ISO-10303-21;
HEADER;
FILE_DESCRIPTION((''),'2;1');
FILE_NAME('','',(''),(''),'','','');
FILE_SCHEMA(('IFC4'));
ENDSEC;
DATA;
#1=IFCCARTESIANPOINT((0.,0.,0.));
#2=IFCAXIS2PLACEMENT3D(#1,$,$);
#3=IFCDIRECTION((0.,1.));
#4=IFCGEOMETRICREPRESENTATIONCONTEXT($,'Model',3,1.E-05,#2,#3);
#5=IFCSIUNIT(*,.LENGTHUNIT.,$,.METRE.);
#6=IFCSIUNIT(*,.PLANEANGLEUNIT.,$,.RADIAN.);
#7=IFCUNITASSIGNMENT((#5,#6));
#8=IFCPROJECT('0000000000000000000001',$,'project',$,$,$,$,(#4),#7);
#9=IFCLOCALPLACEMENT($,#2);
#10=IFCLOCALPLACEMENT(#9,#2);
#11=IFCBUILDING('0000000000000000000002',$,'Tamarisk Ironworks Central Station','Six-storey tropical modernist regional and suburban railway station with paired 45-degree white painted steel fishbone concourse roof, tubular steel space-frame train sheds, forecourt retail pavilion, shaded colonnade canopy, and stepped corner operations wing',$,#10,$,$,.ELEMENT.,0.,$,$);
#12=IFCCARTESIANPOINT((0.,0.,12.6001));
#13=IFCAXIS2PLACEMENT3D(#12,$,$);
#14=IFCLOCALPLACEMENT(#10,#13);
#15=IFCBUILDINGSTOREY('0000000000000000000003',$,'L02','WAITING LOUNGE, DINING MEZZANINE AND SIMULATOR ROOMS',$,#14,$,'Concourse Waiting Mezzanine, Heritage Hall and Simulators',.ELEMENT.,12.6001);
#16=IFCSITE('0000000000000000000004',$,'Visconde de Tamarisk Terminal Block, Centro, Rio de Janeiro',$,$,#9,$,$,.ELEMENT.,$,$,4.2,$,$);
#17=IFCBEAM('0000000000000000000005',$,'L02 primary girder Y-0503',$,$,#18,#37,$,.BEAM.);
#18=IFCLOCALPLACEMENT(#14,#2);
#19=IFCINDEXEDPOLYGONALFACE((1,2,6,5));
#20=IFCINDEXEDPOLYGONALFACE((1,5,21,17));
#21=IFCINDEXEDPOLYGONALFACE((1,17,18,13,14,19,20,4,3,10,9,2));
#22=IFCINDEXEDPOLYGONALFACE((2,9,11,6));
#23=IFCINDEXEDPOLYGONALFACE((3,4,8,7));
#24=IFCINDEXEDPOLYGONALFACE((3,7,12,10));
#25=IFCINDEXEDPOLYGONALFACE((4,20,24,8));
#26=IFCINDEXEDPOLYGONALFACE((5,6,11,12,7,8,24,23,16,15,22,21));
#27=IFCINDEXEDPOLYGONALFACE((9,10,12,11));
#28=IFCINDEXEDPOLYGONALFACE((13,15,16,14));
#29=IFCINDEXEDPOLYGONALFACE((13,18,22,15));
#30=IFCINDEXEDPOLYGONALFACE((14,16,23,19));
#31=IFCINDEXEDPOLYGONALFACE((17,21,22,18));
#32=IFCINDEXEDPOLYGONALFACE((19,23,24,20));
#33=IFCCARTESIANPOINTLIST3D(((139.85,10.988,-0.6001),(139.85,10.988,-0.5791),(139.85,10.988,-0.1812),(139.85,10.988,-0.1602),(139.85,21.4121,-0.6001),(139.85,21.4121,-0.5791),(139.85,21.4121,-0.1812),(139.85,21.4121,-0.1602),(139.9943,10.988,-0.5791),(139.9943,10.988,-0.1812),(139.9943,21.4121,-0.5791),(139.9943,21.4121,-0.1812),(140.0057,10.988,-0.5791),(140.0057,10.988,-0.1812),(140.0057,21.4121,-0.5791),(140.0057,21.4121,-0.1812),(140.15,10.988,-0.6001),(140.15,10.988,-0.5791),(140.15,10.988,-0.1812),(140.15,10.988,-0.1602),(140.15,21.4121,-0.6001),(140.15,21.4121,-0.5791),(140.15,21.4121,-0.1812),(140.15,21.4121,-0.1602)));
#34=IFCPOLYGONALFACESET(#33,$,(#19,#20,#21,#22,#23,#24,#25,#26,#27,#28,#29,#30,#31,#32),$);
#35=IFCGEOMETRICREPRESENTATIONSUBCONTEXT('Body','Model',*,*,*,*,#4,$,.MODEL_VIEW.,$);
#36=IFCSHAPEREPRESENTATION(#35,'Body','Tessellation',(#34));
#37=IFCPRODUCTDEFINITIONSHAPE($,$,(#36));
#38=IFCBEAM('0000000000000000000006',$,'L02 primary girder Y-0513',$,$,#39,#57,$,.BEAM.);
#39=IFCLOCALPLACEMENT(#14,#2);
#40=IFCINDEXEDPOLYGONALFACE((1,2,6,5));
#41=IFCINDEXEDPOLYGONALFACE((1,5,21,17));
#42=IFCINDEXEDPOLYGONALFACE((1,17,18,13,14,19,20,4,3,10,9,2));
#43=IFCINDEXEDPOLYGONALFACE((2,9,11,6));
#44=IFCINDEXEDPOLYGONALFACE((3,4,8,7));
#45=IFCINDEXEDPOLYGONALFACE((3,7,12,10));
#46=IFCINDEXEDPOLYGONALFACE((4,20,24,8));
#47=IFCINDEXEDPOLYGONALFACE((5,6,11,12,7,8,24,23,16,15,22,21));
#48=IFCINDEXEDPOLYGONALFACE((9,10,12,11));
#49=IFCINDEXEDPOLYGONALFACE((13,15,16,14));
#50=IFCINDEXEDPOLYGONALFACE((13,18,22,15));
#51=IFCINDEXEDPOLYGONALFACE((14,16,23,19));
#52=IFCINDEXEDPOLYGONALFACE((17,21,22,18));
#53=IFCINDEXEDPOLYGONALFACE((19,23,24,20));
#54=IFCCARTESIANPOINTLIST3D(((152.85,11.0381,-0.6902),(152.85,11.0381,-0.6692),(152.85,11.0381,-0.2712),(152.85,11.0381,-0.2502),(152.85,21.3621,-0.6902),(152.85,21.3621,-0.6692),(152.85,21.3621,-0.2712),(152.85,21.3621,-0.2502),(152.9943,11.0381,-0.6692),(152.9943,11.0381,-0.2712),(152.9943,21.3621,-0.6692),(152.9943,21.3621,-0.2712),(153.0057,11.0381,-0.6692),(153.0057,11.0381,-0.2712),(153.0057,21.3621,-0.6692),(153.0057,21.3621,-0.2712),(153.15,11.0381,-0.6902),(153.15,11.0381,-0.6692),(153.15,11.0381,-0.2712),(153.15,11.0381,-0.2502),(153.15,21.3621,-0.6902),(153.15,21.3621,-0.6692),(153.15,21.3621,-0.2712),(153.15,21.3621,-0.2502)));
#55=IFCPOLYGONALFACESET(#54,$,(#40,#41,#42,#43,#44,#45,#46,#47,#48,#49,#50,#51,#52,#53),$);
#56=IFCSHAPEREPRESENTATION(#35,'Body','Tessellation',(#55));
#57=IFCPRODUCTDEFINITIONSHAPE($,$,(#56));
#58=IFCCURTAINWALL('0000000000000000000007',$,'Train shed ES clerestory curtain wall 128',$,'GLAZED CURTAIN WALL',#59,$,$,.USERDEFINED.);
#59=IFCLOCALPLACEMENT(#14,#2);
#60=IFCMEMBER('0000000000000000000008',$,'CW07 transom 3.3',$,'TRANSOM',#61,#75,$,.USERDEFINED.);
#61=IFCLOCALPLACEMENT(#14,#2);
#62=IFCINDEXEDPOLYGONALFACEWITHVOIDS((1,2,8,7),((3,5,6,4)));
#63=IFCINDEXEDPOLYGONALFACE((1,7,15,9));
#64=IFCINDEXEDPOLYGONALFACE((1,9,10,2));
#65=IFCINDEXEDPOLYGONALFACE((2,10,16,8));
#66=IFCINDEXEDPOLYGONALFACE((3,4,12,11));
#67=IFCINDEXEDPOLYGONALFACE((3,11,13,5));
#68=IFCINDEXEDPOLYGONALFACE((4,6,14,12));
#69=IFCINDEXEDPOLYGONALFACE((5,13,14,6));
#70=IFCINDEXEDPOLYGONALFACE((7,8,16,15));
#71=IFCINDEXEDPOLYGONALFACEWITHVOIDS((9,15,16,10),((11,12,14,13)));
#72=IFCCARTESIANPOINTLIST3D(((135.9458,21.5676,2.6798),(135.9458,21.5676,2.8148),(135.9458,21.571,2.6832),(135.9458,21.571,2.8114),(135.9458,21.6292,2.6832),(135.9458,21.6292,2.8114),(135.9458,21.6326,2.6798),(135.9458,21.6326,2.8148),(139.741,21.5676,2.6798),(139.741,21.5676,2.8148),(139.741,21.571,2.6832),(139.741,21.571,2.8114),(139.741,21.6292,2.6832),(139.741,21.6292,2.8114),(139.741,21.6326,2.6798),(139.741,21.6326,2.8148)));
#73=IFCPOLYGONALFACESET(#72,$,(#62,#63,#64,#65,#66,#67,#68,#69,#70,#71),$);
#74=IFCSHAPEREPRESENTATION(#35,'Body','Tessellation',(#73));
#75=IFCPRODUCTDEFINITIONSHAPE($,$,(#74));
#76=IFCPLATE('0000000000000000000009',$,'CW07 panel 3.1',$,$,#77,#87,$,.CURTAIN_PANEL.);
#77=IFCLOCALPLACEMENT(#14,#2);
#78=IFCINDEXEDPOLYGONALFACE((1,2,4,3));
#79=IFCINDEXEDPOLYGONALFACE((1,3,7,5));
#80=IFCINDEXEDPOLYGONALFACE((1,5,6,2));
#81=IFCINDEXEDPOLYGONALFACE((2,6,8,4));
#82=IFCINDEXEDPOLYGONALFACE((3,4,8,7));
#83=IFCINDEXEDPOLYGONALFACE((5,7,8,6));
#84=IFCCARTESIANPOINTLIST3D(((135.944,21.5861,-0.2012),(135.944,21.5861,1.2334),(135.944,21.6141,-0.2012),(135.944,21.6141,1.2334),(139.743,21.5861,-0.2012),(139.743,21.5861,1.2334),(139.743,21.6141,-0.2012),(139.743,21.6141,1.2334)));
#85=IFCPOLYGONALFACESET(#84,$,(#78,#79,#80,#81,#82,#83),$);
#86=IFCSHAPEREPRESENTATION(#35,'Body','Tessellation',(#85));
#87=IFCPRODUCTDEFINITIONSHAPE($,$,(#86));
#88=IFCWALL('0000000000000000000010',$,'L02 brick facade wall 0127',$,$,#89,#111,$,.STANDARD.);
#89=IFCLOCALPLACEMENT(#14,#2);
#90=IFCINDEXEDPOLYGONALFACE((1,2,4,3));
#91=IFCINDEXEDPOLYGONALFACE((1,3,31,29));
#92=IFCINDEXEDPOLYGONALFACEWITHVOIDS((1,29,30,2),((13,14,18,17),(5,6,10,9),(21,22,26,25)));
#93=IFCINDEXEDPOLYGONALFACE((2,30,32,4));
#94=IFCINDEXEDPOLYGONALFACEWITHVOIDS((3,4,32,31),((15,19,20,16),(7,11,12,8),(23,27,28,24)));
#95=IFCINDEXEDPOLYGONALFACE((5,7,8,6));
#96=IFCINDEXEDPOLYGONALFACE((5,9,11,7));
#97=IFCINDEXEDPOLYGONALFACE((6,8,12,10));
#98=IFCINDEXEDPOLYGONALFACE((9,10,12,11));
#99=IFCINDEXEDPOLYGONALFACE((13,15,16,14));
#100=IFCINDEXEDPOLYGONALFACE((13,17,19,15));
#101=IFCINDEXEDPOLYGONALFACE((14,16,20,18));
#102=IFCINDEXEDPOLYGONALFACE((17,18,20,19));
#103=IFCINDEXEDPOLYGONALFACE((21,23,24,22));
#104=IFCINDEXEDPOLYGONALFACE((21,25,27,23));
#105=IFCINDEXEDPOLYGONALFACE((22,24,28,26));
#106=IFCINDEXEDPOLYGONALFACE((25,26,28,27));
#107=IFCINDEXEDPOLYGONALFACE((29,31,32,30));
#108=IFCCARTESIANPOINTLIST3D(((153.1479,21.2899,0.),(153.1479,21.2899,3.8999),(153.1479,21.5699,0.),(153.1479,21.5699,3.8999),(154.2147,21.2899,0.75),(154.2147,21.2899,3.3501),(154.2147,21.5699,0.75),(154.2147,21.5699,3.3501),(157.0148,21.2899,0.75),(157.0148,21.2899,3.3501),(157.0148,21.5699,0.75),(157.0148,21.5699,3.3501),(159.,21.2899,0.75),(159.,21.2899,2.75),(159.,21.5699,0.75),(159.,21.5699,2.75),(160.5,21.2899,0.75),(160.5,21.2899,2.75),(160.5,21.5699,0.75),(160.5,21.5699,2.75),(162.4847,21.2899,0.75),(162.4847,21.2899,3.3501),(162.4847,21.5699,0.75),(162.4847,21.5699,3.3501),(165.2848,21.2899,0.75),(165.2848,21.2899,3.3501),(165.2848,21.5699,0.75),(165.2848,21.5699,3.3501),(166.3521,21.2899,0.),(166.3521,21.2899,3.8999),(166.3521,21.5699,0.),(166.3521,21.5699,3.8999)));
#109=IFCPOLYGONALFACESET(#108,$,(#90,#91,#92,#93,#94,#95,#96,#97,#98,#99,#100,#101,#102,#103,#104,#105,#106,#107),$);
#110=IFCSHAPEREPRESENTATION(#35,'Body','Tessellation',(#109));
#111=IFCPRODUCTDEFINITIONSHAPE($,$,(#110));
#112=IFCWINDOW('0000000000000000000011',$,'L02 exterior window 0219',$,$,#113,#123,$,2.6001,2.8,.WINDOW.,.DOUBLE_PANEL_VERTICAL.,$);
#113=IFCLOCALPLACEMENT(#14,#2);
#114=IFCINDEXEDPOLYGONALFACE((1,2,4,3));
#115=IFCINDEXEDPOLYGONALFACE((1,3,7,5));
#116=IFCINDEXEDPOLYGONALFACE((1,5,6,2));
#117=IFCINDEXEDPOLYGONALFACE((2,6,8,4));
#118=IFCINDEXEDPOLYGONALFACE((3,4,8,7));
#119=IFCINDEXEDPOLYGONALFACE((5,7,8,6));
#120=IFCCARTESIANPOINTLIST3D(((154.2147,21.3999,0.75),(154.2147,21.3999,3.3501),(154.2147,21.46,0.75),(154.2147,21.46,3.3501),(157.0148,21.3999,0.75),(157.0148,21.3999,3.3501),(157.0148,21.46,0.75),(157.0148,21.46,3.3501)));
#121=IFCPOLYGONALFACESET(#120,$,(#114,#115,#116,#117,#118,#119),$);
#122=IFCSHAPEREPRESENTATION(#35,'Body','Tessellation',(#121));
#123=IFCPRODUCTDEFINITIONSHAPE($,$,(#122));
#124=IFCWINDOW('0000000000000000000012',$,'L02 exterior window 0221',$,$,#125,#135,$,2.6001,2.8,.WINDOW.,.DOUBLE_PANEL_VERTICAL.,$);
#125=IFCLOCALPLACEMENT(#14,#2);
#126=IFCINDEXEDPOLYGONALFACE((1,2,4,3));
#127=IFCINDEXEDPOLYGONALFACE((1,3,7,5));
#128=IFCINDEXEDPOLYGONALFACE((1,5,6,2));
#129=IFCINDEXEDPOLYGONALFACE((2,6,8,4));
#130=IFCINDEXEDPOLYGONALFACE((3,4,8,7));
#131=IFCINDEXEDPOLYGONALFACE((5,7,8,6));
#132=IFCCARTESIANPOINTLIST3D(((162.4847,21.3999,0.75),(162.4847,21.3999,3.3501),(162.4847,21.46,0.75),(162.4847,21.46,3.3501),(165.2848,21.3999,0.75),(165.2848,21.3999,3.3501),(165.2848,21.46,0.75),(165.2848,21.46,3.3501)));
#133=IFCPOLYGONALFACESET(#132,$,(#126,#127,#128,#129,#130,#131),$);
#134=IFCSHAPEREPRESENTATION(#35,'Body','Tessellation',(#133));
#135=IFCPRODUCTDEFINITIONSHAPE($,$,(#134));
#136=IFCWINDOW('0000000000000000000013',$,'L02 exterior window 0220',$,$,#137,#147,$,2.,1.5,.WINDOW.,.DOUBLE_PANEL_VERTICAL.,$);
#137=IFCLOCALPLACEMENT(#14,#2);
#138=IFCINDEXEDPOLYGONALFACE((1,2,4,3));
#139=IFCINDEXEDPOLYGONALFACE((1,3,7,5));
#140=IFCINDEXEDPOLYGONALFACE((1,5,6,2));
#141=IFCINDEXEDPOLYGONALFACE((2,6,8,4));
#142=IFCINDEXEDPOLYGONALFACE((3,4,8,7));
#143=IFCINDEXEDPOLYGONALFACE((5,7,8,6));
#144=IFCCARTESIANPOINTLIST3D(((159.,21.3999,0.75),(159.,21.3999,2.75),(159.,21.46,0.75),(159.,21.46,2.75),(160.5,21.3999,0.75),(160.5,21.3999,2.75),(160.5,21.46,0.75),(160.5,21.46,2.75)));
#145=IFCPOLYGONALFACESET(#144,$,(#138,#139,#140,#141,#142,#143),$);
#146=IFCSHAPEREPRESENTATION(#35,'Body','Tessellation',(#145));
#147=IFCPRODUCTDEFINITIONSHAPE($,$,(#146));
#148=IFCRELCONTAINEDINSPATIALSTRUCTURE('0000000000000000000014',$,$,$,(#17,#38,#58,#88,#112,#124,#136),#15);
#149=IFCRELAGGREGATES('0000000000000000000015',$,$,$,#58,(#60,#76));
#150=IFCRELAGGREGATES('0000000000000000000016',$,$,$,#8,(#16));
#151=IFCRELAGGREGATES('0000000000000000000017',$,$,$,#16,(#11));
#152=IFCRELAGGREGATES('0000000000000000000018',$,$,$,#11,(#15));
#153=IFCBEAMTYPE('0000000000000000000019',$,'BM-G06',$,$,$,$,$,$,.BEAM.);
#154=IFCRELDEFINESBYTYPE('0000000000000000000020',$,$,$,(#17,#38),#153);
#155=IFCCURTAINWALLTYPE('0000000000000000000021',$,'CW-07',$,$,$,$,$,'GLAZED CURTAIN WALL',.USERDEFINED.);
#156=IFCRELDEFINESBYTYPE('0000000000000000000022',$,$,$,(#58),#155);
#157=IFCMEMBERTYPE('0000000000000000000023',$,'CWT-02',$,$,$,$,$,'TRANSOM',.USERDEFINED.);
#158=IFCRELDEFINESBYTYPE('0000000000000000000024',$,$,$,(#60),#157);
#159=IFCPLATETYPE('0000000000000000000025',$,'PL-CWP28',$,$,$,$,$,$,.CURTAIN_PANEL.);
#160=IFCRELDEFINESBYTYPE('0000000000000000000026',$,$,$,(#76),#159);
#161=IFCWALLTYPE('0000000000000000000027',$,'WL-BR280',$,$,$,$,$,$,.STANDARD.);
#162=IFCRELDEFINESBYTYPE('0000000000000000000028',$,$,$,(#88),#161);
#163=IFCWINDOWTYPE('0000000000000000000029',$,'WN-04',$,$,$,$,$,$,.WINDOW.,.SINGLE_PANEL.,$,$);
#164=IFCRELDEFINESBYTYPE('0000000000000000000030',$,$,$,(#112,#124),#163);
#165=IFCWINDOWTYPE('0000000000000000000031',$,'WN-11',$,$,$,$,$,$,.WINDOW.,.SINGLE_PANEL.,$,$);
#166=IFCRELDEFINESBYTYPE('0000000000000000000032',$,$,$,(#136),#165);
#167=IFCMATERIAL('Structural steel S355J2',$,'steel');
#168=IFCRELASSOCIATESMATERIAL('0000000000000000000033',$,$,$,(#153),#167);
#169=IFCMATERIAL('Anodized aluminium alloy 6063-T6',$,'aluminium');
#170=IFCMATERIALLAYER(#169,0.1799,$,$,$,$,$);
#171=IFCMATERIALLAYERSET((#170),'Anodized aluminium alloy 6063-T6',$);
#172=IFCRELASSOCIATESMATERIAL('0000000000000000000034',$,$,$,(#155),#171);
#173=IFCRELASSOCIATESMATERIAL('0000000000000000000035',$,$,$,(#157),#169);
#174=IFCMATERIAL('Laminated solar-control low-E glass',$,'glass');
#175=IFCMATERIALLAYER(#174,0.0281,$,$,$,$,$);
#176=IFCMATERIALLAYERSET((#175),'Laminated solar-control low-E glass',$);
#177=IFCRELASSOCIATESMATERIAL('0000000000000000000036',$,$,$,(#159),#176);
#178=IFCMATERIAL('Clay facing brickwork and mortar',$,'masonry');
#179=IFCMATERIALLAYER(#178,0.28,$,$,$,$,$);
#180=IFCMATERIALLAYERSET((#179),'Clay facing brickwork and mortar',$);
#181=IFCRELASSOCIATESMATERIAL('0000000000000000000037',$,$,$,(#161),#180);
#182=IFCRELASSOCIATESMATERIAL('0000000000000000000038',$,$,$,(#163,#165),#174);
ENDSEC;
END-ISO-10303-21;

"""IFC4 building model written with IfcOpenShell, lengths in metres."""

from ifc_helpers import new_model, si_unit, direction, frame, frame_2d, origin, origin_2d, place, context, subcontext, project, spatial, rectangle, hollow_rectangle, i_section, extrude, material, layer, layer_set, material_profile, profile_set, type_object, element, fill, aggregate, save


model = new_model("IFC4")

# Units and contexts
model_context = context("Model", 3, precision=1e-05, world=origin(), true_north=direction((0.0, 1.0)))
body_context = subcontext(model_context, "Body", "Model", "MODEL_VIEW")
ifc_project = project(units=[si_unit("LENGTHUNIT", "METRE"), si_unit("PLANEANGLEUNIT", "RADIAN")], contexts=[model_context])

# Site, building, storey
site_placement = place(None, origin())
site = spatial("IfcSite", under=ifc_project, at=site_placement, Name="Visconde de Tamarisk Terminal Block, Centro, Rio de Janeiro", CompositionType="ELEMENT", RefElevation=4.2)
building_placement = place(site_placement, origin())
building = spatial("IfcBuilding", under=site, at=building_placement, Name="Tamarisk Ironworks Central Station", Description="Six-storey tropical modernist regional and suburban railway station with paired 45-degree white painted steel fishbone concourse roof, tubular steel space-frame train sheds, forecourt retail pavilion, shaded colonnade canopy, and stepped corner operations wing", CompositionType="ELEMENT", ElevationOfRefHeight=0.0)
storey_placement = place(building_placement, frame((0.0, 0.0, 12.6001)))
storey = spatial("IfcBuildingStorey", under=building, at=storey_placement, Name="L02", Description="WAITING LOUNGE, DINING MEZZANINE AND SIMULATOR ROOMS", LongName="Concourse Waiting Mezzanine, Heritage Hall and Simulators", CompositionType="ELEMENT", Elevation=12.6001)

# Shared definitions
ifc_material_1 = material(Name="Structural steel S355J2", Category="steel")

# Beams
ifc_material_profile_1 = material_profile(ifc_material_1, i_section(OverallWidth=0.3, OverallDepth=0.4399, WebThickness=0.0115, FlangeThickness=0.021, at=origin_2d()), Name="HEA 450")
ifc_profile_set_1 = profile_set([ifc_material_profile_1], Name="Structural steel S355J2")
beam_type_1 = type_object("IfcBeamType", Name="BM-G06", PredefinedType="BEAM", material=ifc_profile_set_1)
beam_1_placement = place(storey_placement, frame((140.0, 10.988, -0.3801), z_axis=(0.0, 1.0, 0.0), x_axis=(-1.0, 0.0, 0.0)))
element("IfcBeam", 1, at=beam_1_placement, inside=storey, type_object=beam_type_1, Name="L02 primary girder Y-0503", PredefinedType="BEAM", context=body_context, shape_type="SweptSolid", body=[
    extrude(i_section(OverallWidth=0.3, OverallDepth=0.4399, WebThickness=0.0115, FlangeThickness=0.021, at=origin_2d()), origin(), (0.0, 0.0, 1.0), 10.4241),
])
beam_2_placement = place(storey_placement, frame((153.0, 11.0381, -0.4702), z_axis=(0.0, 1.0, 0.0), x_axis=(-1.0, 0.0, 0.0)))
element("IfcBeam", 2, at=beam_2_placement, inside=storey, type_object=beam_type_1, Name="L02 primary girder Y-0513", PredefinedType="BEAM", context=body_context, shape_type="SweptSolid", body=[
    extrude(i_section(OverallWidth=0.3, OverallDepth=0.4399, WebThickness=0.0115, FlangeThickness=0.021, at=origin_2d()), origin(), (0.0, 0.0, 1.0), 10.324),
])

# Curtain wall, member, plate
ifc_material_2 = material(Name="Anodized aluminium alloy 6063-T6", Category="aluminium")
ifc_layer_1 = layer(ifc_material_2, 0.1799)
ifc_layer_set_1 = layer_set([ifc_layer_1], Name="Anodized aluminium alloy 6063-T6")
curtain_wall_type = type_object("IfcCurtainWallType", Name="CW-07", ElementType="GLAZED CURTAIN WALL", PredefinedType="USERDEFINED", material=ifc_layer_set_1)
curtain_wall_placement = place(storey_placement, origin())
curtain_wall = element("IfcCurtainWall", 3, at=curtain_wall_placement, inside=storey, type_object=curtain_wall_type, Name="Train shed ES clerestory curtain wall 128", ObjectType="GLAZED CURTAIN WALL", PredefinedType="USERDEFINED")
ifc_material_profile_2 = material_profile(ifc_material_2, hollow_rectangle(XDim=0.0649, YDim=0.135, WallThickness=0.0034, at=origin_2d()), Name="ALUM 135x65")
ifc_profile_set_2 = profile_set([ifc_material_profile_2], Name="Anodized aluminium alloy 6063-T6")
member_type = type_object("IfcMemberType", Name="CWT-02", ElementType="TRANSOM", PredefinedType="USERDEFINED", material=ifc_profile_set_2)
member_placement = place(storey_placement, frame((135.9458, 21.6001, 2.7473), z_axis=(1.0, 0.0, 0.0), x_axis=(0.0, 1.0, 0.0)))
member = element("IfcMember", 4, at=member_placement, type_object=member_type, Name="CW07 transom 3.3", ObjectType="TRANSOM", PredefinedType="USERDEFINED", context=body_context, shape_type="SweptSolid", body=[
    extrude(hollow_rectangle(XDim=0.0649, YDim=0.135, WallThickness=0.0034, at=origin_2d()), origin(), (0.0, 0.0, 1.0), 3.7952),
])
ifc_material_3 = material(Name="Laminated solar-control low-E glass", Category="glass")
ifc_layer_2 = layer(ifc_material_3, 0.0281)
ifc_layer_set_2 = layer_set([ifc_layer_2], Name="Laminated solar-control low-E glass")
plate_type = type_object("IfcPlateType", Name="PL-CWP28", PredefinedType="CURTAIN_PANEL", material=ifc_layer_set_2)
plate_placement = place(storey_placement, frame((137.8435, 21.6001, -0.2012), z_axis=(0.0, 0.0, 1.0), x_axis=(1.0, 0.0, 0.0)))
plate = element("IfcPlate", 5, at=plate_placement, type_object=plate_type, Name="CW07 panel 3.1", PredefinedType="CURTAIN_PANEL", context=body_context, shape_type="SweptSolid", body=[
    extrude(rectangle(XDim=3.7991, YDim=0.0281, at=origin_2d()), origin(), (0.0, 0.0, 1.0), 1.4346),
])
aggregate(curtain_wall, [member, plate])

# Wall, openings, windows
ifc_material_4 = material(Name="Clay facing brickwork and mortar", Category="masonry")
ifc_layer_3 = layer(ifc_material_4, 0.28)
ifc_layer_set_3 = layer_set([ifc_layer_3], Name="Clay facing brickwork and mortar")
wall_type_1 = type_object("IfcWallType", Name="WL-BR280", PredefinedType="STANDARD", material=ifc_layer_set_3)
wall_1_placement = place(storey_placement, frame((153.1479, 21.4299, 0.0), z_axis=(0.0, 0.0, 1.0), x_axis=(1.0, 0.0, 0.0)))
wall_1 = element("IfcWall", 6, at=wall_1_placement, inside=storey, type_object=wall_type_1, Name="L02 brick facade wall 0127", PredefinedType="STANDARD", context=body_context, shape_type="SweptSolid", body=[
    extrude(rectangle(XDim=13.2041, YDim=0.28, at=frame_2d((6.6021, 0.0))), origin(), (0.0, 0.0, 1.0), 3.8999),
])
opening_1_placement = place(wall_1_placement, frame((1.0669, 0.0, 0.75)))
opening_1 = element("IfcOpeningElement", 7, at=opening_1_placement, cuts=wall_1, PredefinedType="OPENING", context=body_context, shape_type="SweptSolid", body=[
    extrude(rectangle(XDim=2.8, YDim=2.6001, at=frame_2d((1.3999, 1.3))), frame((0.0, 0.1519, 0.0), z_axis=(0.0, -1.0, 0.0), x_axis=(1.0, 0.0, 0.0)), (0.0, 0.0, 1.0), 0.304),
])
opening_2_placement = place(wall_1_placement, frame((5.8521, 0.0, 0.75)))
opening_2 = element("IfcOpeningElement", 8, at=opening_2_placement, cuts=wall_1, PredefinedType="OPENING", context=body_context, shape_type="SweptSolid", body=[
    extrude(rectangle(XDim=1.5, YDim=2.0, at=frame_2d((0.75, 1.0))), frame((0.0, 0.1519, 0.0), z_axis=(0.0, -1.0, 0.0), x_axis=(1.0, 0.0, 0.0)), (0.0, 0.0, 1.0), 0.304),
])
opening_3_placement = place(wall_1_placement, frame((9.3369, 0.0, 0.75)))
opening_3 = element("IfcOpeningElement", 9, at=opening_3_placement, cuts=wall_1, PredefinedType="OPENING", context=body_context, shape_type="SweptSolid", body=[
    extrude(rectangle(XDim=2.8, YDim=2.6001, at=frame_2d((1.3999, 1.3))), frame((0.0, 0.1519, 0.0), z_axis=(0.0, -1.0, 0.0), x_axis=(1.0, 0.0, 0.0)), (0.0, 0.0, 1.0), 0.304),
])
window_type_1 = type_object("IfcWindowType", Name="WN-04", PartitioningType="SINGLE_PANEL", PredefinedType="WINDOW", material=ifc_material_3)
window_1_placement = place(opening_1_placement, origin())
window_1 = element("IfcWindow", 10, at=window_1_placement, inside=storey, type_object=window_type_1, Name="L02 exterior window 0219", OverallHeight=2.6001, OverallWidth=2.8, PartitioningType="DOUBLE_PANEL_VERTICAL", PredefinedType="WINDOW", context=body_context, shape_type="SweptSolid", body=[
    extrude(rectangle(XDim=2.8, YDim=2.6001, at=frame_2d((1.3999, 1.3))), frame((0.0, 0.03, 0.0), z_axis=(0.0, -1.0, 0.0), x_axis=(1.0, 0.0, 0.0)), (0.0, 0.0, 1.0), 0.0601),
])
fill(opening_1, window_1)
window_2_placement = place(opening_3_placement, origin())
window_2 = element("IfcWindow", 11, at=window_2_placement, inside=storey, type_object=window_type_1, Name="L02 exterior window 0221", OverallHeight=2.6001, OverallWidth=2.8, PartitioningType="DOUBLE_PANEL_VERTICAL", PredefinedType="WINDOW", context=body_context, shape_type="SweptSolid", body=[
    extrude(rectangle(XDim=2.8, YDim=2.6001, at=frame_2d((1.3999, 1.3))), frame((0.0, 0.03, 0.0), z_axis=(0.0, -1.0, 0.0), x_axis=(1.0, 0.0, 0.0)), (0.0, 0.0, 1.0), 0.0601),
])
fill(opening_3, window_2)
window_type_2 = type_object("IfcWindowType", Name="WN-11", PartitioningType="SINGLE_PANEL", PredefinedType="WINDOW", material=ifc_material_3)
window_3_placement = place(opening_2_placement, origin())
window_3 = element("IfcWindow", 12, at=window_3_placement, inside=storey, type_object=window_type_2, Name="L02 exterior window 0220", OverallHeight=2.0, OverallWidth=1.5, PartitioningType="DOUBLE_PANEL_VERTICAL", PredefinedType="WINDOW", context=body_context, shape_type="SweptSolid", body=[
    extrude(rectangle(XDim=1.5, YDim=2.0, at=frame_2d((0.75, 1.0))), frame((0.0, 0.03, 0.0), z_axis=(0.0, -1.0, 0.0), x_axis=(1.0, 0.0, 0.0)), (0.0, 0.0, 1.0), 0.0601),
])
fill(opening_2, window_3)

save(model, "model.ifc")
